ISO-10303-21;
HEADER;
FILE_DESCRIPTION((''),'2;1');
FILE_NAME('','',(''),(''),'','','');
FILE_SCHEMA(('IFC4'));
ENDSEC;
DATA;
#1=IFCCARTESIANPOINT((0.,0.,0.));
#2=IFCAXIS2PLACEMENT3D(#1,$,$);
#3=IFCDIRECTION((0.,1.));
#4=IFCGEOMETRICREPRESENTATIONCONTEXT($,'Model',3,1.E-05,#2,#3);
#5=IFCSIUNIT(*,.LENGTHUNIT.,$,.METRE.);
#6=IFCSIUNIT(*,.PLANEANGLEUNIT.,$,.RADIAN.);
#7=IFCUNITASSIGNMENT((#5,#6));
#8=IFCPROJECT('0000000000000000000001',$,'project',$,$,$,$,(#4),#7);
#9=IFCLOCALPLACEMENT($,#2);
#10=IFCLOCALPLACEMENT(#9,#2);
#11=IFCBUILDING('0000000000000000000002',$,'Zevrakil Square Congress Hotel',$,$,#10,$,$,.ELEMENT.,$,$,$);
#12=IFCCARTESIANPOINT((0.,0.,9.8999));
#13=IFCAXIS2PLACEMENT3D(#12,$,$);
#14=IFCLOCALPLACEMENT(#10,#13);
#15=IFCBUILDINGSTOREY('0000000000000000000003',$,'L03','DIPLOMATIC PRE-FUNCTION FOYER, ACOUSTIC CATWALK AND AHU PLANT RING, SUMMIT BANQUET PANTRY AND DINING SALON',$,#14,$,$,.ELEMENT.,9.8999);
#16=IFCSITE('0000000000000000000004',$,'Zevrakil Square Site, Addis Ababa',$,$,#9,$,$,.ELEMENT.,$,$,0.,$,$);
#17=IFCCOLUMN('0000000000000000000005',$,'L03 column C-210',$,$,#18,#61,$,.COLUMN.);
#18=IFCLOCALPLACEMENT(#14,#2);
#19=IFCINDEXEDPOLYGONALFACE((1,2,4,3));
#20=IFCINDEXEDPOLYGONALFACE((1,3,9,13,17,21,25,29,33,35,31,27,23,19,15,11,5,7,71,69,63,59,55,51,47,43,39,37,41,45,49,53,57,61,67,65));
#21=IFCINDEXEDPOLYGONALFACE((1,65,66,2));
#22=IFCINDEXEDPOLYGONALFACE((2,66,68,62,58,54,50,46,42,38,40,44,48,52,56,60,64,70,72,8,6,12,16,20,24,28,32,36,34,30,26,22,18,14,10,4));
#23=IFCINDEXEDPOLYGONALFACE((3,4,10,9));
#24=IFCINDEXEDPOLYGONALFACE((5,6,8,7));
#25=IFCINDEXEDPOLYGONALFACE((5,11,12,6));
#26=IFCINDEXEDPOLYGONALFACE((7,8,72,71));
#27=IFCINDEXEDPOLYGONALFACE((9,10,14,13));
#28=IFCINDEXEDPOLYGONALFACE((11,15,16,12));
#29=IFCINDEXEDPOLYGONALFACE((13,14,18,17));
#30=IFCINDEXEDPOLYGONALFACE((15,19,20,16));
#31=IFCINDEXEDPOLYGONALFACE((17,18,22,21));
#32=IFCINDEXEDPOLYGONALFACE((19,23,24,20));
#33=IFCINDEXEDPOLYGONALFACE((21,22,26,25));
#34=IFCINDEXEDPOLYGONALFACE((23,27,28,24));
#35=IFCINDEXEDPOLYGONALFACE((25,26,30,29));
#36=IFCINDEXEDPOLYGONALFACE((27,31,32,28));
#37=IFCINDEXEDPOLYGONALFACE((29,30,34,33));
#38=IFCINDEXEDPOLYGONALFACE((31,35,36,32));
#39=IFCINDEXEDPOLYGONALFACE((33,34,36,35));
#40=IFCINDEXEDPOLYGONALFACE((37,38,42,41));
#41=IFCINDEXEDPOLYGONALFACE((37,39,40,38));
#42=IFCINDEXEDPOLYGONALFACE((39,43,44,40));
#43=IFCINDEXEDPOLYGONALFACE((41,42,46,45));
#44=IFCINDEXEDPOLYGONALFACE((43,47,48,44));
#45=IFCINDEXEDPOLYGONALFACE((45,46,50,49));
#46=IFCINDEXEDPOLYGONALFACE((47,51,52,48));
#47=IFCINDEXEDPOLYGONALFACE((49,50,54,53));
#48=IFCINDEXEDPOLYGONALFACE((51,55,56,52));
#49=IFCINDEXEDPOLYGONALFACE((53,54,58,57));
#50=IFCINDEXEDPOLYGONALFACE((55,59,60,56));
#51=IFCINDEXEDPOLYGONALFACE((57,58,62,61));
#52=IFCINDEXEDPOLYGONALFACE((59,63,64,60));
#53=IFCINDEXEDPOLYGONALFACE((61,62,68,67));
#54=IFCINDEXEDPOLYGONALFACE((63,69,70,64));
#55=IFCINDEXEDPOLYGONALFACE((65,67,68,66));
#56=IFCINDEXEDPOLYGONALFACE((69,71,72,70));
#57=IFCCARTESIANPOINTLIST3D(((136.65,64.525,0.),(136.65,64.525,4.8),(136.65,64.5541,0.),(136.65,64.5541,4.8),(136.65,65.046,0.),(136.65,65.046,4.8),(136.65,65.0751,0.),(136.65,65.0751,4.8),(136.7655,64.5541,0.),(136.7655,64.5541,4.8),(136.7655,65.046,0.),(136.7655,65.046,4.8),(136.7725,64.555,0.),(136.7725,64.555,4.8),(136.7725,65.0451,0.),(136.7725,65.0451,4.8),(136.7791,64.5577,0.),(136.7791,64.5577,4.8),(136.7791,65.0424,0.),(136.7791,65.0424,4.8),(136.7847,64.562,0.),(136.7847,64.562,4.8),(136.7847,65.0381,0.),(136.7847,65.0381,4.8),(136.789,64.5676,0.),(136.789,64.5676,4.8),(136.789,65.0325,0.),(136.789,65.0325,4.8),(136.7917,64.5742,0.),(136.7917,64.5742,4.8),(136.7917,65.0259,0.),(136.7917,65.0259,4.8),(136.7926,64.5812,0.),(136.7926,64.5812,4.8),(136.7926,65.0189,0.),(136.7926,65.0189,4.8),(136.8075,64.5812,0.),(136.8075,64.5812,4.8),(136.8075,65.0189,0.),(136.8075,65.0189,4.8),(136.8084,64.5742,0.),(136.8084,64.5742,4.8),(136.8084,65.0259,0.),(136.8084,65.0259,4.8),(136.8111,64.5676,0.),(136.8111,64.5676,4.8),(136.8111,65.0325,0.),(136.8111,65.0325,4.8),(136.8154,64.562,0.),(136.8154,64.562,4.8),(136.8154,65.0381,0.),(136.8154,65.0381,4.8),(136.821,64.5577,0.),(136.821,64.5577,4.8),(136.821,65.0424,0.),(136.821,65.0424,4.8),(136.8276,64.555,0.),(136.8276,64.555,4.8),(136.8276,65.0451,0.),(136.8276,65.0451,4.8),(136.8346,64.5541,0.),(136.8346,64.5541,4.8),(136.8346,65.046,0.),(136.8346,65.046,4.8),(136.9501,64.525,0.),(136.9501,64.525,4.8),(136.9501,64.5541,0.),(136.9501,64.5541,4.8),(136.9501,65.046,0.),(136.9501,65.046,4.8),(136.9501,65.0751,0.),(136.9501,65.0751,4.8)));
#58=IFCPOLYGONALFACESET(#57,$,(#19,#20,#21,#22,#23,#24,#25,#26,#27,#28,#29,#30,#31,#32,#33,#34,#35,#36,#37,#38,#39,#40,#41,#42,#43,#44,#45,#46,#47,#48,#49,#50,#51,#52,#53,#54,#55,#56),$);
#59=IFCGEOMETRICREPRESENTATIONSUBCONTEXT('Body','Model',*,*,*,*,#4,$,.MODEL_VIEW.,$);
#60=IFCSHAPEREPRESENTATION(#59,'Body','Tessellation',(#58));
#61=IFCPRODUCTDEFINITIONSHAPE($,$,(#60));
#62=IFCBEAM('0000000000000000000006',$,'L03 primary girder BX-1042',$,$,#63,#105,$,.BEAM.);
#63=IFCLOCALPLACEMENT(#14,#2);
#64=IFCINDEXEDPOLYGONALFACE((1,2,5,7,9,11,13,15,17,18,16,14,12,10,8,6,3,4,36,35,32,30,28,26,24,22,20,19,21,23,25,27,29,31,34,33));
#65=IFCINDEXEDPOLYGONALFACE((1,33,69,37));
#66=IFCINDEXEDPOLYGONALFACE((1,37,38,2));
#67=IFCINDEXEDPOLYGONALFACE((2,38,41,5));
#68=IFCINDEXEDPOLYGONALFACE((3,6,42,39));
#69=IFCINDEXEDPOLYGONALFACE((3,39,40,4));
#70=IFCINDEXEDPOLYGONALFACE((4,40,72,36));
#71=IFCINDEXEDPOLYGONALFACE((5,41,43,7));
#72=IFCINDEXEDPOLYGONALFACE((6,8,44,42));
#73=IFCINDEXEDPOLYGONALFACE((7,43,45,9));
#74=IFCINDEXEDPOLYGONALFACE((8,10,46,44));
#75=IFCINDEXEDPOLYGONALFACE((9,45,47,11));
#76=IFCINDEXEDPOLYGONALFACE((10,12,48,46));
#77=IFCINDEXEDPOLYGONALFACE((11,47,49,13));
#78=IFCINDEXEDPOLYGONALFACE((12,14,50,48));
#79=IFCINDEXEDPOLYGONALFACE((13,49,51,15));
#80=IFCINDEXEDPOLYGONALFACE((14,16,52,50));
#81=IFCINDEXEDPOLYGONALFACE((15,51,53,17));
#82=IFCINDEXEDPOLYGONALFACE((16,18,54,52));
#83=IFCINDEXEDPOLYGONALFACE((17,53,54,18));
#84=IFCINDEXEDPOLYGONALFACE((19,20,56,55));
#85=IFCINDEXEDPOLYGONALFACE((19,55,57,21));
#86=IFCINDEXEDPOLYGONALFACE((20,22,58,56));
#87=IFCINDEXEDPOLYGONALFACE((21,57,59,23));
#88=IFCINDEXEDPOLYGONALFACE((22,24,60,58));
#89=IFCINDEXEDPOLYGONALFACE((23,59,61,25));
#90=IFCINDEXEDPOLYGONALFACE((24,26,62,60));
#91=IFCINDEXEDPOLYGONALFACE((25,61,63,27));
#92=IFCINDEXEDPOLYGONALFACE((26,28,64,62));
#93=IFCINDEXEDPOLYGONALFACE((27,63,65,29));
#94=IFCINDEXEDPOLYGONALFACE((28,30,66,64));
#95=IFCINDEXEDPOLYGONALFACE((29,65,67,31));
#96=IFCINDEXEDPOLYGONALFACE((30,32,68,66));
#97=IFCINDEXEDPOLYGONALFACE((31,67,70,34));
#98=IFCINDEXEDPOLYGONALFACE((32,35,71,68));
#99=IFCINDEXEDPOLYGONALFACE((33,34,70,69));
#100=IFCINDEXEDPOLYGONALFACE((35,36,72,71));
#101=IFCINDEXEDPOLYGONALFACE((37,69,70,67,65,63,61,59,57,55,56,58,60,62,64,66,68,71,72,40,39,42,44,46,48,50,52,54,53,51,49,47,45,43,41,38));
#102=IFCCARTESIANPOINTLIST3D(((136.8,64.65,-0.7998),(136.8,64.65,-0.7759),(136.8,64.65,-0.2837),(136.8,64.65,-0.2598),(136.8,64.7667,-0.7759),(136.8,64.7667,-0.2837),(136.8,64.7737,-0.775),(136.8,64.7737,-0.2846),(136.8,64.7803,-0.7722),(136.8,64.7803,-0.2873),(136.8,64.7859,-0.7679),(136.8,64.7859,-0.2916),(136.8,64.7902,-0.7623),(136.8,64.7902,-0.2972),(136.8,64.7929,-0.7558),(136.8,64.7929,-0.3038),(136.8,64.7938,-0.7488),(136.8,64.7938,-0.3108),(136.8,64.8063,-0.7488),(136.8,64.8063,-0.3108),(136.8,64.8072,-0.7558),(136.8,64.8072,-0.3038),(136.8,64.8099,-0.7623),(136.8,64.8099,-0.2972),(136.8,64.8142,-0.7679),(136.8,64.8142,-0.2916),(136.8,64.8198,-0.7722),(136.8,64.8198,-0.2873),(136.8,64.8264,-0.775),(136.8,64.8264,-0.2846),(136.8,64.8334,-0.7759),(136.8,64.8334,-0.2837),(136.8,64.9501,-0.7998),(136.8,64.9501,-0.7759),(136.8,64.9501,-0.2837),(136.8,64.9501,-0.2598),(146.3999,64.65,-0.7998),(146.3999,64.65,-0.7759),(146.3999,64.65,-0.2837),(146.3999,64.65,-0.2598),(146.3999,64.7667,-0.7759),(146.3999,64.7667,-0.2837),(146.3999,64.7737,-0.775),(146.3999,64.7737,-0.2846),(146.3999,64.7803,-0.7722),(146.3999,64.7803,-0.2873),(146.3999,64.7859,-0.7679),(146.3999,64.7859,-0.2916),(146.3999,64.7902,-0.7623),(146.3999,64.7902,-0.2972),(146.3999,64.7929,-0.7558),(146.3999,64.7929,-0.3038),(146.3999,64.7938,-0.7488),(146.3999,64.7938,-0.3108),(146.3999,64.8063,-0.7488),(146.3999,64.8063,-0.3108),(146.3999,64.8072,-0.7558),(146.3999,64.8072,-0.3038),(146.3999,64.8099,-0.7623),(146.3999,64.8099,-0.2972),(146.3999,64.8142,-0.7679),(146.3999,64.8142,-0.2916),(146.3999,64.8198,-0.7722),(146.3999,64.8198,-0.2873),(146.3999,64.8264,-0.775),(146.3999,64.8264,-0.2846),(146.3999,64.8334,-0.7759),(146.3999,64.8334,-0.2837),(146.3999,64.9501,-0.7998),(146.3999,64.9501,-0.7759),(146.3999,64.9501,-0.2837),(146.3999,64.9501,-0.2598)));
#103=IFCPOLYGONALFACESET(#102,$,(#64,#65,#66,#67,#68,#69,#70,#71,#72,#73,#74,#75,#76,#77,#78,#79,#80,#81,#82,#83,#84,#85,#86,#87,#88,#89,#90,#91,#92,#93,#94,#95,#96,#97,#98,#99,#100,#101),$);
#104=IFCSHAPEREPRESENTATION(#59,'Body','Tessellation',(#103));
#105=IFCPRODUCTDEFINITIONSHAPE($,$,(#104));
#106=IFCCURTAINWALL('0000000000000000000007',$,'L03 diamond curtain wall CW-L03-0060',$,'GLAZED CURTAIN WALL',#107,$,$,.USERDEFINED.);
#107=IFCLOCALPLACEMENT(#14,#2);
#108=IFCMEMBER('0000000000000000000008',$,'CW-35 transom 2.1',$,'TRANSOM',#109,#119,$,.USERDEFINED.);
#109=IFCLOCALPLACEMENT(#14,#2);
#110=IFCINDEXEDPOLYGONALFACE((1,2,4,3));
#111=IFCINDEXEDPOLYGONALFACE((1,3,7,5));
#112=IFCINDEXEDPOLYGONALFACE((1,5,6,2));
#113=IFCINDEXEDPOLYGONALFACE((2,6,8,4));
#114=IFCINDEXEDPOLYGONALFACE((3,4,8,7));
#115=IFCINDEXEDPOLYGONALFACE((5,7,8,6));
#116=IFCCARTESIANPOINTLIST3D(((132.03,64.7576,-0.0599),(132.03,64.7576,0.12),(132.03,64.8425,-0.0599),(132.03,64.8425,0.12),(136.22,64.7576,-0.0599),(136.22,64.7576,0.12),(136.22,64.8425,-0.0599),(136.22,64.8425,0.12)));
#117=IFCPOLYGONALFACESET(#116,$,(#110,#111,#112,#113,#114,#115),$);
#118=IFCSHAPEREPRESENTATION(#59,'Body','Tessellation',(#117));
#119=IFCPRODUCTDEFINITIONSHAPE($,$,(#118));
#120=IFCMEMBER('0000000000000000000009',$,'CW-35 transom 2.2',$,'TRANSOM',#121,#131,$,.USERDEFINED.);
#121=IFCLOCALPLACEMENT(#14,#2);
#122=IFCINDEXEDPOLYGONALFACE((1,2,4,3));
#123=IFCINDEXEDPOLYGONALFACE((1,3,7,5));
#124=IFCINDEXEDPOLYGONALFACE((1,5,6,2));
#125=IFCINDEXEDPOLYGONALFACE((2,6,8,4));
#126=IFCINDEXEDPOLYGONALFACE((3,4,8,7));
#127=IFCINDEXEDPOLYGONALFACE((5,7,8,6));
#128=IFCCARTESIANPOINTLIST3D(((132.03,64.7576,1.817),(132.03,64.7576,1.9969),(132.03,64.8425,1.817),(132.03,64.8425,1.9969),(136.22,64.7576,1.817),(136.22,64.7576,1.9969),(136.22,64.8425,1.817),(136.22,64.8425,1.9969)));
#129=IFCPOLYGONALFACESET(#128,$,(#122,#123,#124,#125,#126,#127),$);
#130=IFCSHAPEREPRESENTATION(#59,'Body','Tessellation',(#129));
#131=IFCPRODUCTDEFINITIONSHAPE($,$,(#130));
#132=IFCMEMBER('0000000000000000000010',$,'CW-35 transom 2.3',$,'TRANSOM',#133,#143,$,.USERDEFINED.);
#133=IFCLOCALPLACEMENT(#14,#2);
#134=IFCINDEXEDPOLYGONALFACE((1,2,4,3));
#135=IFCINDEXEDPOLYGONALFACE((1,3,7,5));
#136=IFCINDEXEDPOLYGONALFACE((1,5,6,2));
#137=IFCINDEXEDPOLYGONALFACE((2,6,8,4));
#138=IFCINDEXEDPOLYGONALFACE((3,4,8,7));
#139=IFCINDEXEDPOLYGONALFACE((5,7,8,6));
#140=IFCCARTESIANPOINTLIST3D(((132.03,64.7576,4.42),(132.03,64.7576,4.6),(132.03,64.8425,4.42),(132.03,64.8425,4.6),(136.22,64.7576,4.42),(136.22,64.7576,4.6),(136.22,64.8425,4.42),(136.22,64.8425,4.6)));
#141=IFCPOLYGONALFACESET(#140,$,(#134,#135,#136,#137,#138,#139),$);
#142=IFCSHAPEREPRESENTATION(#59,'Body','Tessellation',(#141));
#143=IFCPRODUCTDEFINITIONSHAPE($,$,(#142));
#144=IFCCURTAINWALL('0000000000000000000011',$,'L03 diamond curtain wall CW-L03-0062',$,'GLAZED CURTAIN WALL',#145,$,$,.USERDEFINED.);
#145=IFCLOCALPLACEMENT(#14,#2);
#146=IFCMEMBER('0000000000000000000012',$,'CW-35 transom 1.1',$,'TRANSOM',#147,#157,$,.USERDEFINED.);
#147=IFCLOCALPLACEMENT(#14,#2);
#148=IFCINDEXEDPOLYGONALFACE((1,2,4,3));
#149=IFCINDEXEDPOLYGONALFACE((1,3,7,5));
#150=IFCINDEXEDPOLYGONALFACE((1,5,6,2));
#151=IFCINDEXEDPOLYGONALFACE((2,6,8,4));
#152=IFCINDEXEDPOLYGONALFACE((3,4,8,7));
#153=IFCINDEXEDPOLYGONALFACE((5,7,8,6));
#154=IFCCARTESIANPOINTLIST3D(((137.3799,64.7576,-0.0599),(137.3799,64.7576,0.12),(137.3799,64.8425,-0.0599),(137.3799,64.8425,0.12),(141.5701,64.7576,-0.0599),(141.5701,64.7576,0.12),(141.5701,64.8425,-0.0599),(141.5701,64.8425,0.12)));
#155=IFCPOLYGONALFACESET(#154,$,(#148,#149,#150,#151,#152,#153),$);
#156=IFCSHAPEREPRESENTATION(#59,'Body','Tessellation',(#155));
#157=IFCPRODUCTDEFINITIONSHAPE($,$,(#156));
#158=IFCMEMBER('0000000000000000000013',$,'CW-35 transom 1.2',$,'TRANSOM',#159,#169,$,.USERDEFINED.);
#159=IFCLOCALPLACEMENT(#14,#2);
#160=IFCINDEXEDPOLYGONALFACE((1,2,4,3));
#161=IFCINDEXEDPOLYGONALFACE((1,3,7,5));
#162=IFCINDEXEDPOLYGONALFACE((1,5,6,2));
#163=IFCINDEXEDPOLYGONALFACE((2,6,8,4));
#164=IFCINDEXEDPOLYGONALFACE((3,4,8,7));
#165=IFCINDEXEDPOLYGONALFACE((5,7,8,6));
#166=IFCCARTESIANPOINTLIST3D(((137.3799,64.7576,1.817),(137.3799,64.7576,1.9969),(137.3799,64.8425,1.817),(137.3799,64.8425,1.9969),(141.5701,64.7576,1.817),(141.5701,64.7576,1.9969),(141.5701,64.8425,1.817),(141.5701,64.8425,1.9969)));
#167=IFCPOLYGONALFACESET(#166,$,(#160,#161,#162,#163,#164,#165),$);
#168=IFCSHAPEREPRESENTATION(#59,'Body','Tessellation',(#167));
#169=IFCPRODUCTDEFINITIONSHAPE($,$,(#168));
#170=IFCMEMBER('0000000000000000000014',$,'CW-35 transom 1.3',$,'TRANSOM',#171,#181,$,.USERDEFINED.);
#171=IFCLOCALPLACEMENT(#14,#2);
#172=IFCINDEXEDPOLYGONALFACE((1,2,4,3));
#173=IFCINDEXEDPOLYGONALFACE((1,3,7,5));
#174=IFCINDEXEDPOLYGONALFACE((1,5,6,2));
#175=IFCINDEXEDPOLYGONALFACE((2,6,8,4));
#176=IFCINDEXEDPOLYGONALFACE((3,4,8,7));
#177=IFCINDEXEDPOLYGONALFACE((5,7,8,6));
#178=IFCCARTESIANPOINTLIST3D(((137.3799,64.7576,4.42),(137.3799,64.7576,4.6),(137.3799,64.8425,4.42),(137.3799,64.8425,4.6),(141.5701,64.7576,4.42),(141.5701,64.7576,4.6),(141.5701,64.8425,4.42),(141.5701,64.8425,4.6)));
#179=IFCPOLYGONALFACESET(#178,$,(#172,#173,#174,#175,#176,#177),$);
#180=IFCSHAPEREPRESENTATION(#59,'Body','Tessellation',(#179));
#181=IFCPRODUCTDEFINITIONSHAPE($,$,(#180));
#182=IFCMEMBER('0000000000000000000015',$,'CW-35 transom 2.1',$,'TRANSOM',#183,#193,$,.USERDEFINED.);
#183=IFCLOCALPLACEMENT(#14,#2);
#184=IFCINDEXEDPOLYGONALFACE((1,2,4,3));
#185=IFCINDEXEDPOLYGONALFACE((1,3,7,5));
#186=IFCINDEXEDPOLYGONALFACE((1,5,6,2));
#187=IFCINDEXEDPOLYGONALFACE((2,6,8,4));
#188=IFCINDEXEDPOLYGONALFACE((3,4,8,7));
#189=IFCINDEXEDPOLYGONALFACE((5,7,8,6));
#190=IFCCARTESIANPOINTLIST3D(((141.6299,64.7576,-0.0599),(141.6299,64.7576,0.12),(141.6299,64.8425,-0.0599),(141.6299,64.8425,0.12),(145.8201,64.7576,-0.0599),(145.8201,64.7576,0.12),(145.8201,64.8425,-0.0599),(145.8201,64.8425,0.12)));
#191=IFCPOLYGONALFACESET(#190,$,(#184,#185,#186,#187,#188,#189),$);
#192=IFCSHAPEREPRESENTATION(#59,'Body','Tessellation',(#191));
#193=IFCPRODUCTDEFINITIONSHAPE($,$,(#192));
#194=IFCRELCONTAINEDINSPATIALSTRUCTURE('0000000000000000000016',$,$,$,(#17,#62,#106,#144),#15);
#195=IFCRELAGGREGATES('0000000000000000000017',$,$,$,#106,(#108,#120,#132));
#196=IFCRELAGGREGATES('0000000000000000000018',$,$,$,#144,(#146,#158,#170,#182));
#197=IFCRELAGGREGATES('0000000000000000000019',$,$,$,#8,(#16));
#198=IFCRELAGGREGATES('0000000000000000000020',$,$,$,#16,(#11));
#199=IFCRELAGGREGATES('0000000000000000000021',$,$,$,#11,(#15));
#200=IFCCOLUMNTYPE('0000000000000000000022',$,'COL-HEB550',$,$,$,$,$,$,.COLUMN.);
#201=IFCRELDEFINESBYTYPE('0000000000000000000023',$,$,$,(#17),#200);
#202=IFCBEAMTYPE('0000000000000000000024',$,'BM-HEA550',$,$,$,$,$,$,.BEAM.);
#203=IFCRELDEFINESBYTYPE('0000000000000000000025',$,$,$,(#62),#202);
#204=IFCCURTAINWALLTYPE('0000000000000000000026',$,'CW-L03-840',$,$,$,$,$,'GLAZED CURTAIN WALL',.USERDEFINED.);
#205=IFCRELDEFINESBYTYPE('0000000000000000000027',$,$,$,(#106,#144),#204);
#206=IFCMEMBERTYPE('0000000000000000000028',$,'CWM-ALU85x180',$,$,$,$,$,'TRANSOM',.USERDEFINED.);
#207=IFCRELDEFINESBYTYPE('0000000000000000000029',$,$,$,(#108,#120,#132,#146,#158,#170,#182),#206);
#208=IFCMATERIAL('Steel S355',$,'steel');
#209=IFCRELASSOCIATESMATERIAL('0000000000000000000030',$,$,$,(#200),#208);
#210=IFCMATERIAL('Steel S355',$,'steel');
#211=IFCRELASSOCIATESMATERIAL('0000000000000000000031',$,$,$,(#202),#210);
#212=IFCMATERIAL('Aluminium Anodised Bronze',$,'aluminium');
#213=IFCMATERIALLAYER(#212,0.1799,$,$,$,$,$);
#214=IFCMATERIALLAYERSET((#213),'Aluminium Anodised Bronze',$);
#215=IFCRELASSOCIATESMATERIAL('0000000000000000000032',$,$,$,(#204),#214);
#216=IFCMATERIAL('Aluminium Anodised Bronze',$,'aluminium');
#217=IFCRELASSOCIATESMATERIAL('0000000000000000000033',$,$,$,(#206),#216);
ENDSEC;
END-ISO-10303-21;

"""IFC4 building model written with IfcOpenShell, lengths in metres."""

from ifc_helpers import new_model, si_unit, direction, frame, origin, origin_2d, place, context, subcontext, project, spatial, rectangle, i_section, extrude, material, layer, layer_set, material_profile, profile_set, type_object, element, aggregate, save


model = new_model("IFC4")

# Units and contexts
model_context = context("Model", 3, precision=1e-05, world=origin(), true_north=direction((0.0, 1.0)))
body_context = subcontext(model_context, "Body", "Model", "MODEL_VIEW")
ifc_project = project(units=[si_unit("LENGTHUNIT", "METRE"), si_unit("PLANEANGLEUNIT", "RADIAN")], contexts=[model_context])

# Site, building, storey
site_placement = place(None, origin())
site = spatial("IfcSite", under=ifc_project, at=site_placement, Name="Zevrakil Square Site, Addis Ababa", CompositionType="ELEMENT", RefElevation=0.0)
building_placement = place(site_placement, origin())
building = spatial("IfcBuilding", under=site, at=building_placement, Name="Zevrakil Square Congress Hotel", CompositionType="ELEMENT")
storey_placement = place(building_placement, frame((0.0, 0.0, 9.8999)))
storey = spatial("IfcBuildingStorey", under=building, at=storey_placement, Name="L03", Description="DIPLOMATIC PRE-FUNCTION FOYER, ACOUSTIC CATWALK AND AHU PLANT RING, SUMMIT BANQUET PANTRY AND DINING SALON", CompositionType="ELEMENT", Elevation=9.8999)

# Column
ifc_material_1 = material(Name="Steel S355", Category="steel")
ifc_material_profile_1 = material_profile(ifc_material_1, i_section(OverallWidth=0.3, OverallDepth=0.55, WebThickness=0.0149, FlangeThickness=0.0291, FilletRadius=0.0271, at=origin_2d()), Name="HEB 550")
ifc_profile_set_1 = profile_set([ifc_material_profile_1], Name="Steel S355")
column_type = type_object("IfcColumnType", Name="COL-HEB550", PredefinedType="COLUMN", material=ifc_profile_set_1)
column_placement = place(storey_placement, frame((136.8, 64.8, 0.0), z_axis=(0.0, 0.0, 1.0), x_axis=(1.0, 0.0, 0.0)))
element("IfcColumn", 1, at=column_placement, inside=storey, type_object=column_type, Name="L03 column C-210", PredefinedType="COLUMN", context=body_context, shape_type="SweptSolid", body=[
    extrude(i_section(OverallWidth=0.3, OverallDepth=0.55, WebThickness=0.0149, FlangeThickness=0.0291, FilletRadius=0.0271, at=origin_2d()), origin(), (0.0, 0.0, 1.0), 4.8),
])

# Beam
ifc_material_2 = material(Name="Steel S355", Category="steel")
ifc_material_profile_2 = material_profile(ifc_material_2, i_section(OverallWidth=0.3, OverallDepth=0.54, WebThickness=0.0125, FlangeThickness=0.0239, FilletRadius=0.0271, at=origin_2d()), Name="HEA 550")
ifc_profile_set_2 = profile_set([ifc_material_profile_2], Name="Steel S355")
beam_type = type_object("IfcBeamType", Name="BM-HEA550", PredefinedType="BEAM", material=ifc_profile_set_2)
beam_placement = place(storey_placement, frame((136.8, 64.8, -0.5298), z_axis=(1.0, 0.0, 0.0), x_axis=(0.0, 1.0, 0.0)))
element("IfcBeam", 2, at=beam_placement, inside=storey, type_object=beam_type, Name="L03 primary girder BX-1042", PredefinedType="BEAM", context=body_context, shape_type="SweptSolid", body=[
    extrude(i_section(OverallWidth=0.3, OverallDepth=0.54, WebThickness=0.0125, FlangeThickness=0.0239, FilletRadius=0.0271, at=origin_2d()), origin(), (0.0, 0.0, 1.0), 9.5999),
])

# Curtain walls, members
ifc_material_3 = material(Name="Aluminium Anodised Bronze", Category="aluminium")
ifc_layer_1 = layer(ifc_material_3, 0.1799)
ifc_layer_set_1 = layer_set([ifc_layer_1], Name="Aluminium Anodised Bronze")
curtain_wall_type_1 = type_object("IfcCurtainWallType", Name="CW-L03-840", ElementType="GLAZED CURTAIN WALL", PredefinedType="USERDEFINED", material=ifc_layer_set_1)
curtain_wall_1_placement = place(storey_placement, origin())
curtain_wall_1 = element("IfcCurtainWall", 3, at=curtain_wall_1_placement, inside=storey, type_object=curtain_wall_type_1, Name="L03 diamond curtain wall CW-L03-0060", ObjectType="GLAZED CURTAIN WALL", PredefinedType="USERDEFINED")
ifc_material_4 = material(Name="Aluminium Anodised Bronze", Category="aluminium")
ifc_material_profile_3 = material_profile(ifc_material_4, rectangle(XDim=0.085, YDim=0.1799, at=origin_2d()), Name="ALU 85x180")
ifc_profile_set_3 = profile_set([ifc_material_profile_3], Name="Aluminium Anodised Bronze")
member_type_1 = type_object("IfcMemberType", Name="CWM-ALU85x180", ElementType="TRANSOM", PredefinedType="USERDEFINED", material=ifc_profile_set_3)
member_1_placement = place(storey_placement, frame((132.03, 64.8, 0.03), z_axis=(1.0, 0.0, 0.0), x_axis=(0.0, 1.0, 0.0)))
member_1 = element("IfcMember", 4, at=member_1_placement, type_object=member_type_1, Name="CW-35 transom 2.1", ObjectType="TRANSOM", PredefinedType="USERDEFINED", context=body_context, shape_type="SweptSolid", body=[
    extrude(rectangle(XDim=0.085, YDim=0.1799, at=origin_2d()), origin(), (0.0, 0.0, 1.0), 4.1899),
])
member_2_placement = place(storey_placement, frame((132.03, 64.8, 1.907), z_axis=(1.0, 0.0, 0.0), x_axis=(0.0, 1.0, 0.0)))
member_2 = element("IfcMember", 5, at=member_2_placement, type_object=member_type_1, Name="CW-35 transom 2.2", ObjectType="TRANSOM", PredefinedType="USERDEFINED", context=body_context, shape_type="SweptSolid", body=[
    extrude(rectangle(XDim=0.085, YDim=0.1799, at=origin_2d()), origin(), (0.0, 0.0, 1.0), 4.1899),
])
member_3_placement = place(storey_placement, frame((132.03, 64.8, 4.51), z_axis=(1.0, 0.0, 0.0), x_axis=(0.0, 1.0, 0.0)))
member_3 = element("IfcMember", 6, at=member_3_placement, type_object=member_type_1, Name="CW-35 transom 2.3", ObjectType="TRANSOM", PredefinedType="USERDEFINED", context=body_context, shape_type="SweptSolid", body=[
    extrude(rectangle(XDim=0.085, YDim=0.1799, at=origin_2d()), origin(), (0.0, 0.0, 1.0), 4.1899),
])
curtain_wall_2_placement = place(storey_placement, origin())
curtain_wall_2 = element("IfcCurtainWall", 7, at=curtain_wall_2_placement, inside=storey, type_object=curtain_wall_type_1, Name="L03 diamond curtain wall CW-L03-0062", ObjectType="GLAZED CURTAIN WALL", PredefinedType="USERDEFINED")
member_4_placement = place(storey_placement, frame((137.3799, 64.8, 0.03), z_axis=(1.0, 0.0, 0.0), x_axis=(0.0, 1.0, 0.0)))
member_4 = element("IfcMember", 8, at=member_4_placement, type_object=member_type_1, Name="CW-35 transom 1.1", ObjectType="TRANSOM", PredefinedType="USERDEFINED", context=body_context, shape_type="SweptSolid", body=[
    extrude(rectangle(XDim=0.085, YDim=0.1799, at=origin_2d()), origin(), (0.0, 0.0, 1.0), 4.1902),
])
member_5_placement = place(storey_placement, frame((137.3799, 64.8, 1.907), z_axis=(1.0, 0.0, 0.0), x_axis=(0.0, 1.0, 0.0)))
member_5 = element("IfcMember", 9, at=member_5_placement, type_object=member_type_1, Name="CW-35 transom 1.2", ObjectType="TRANSOM", PredefinedType="USERDEFINED", context=body_context, shape_type="SweptSolid", body=[
    extrude(rectangle(XDim=0.085, YDim=0.1799, at=origin_2d()), origin(), (0.0, 0.0, 1.0), 4.1902),
])
member_6_placement = place(storey_placement, frame((137.3799, 64.8, 4.51), z_axis=(1.0, 0.0, 0.0), x_axis=(0.0, 1.0, 0.0)))
member_6 = element("IfcMember", 10, at=member_6_placement, type_object=member_type_1, Name="CW-35 transom 1.3", ObjectType="TRANSOM", PredefinedType="USERDEFINED", context=body_context, shape_type="SweptSolid", body=[
    extrude(rectangle(XDim=0.085, YDim=0.1799, at=origin_2d()), origin(), (0.0, 0.0, 1.0), 4.1902),
])
member_7_placement = place(storey_placement, frame((141.6299, 64.8, 0.03), z_axis=(1.0, 0.0, 0.0), x_axis=(0.0, 1.0, 0.0)))
member_7 = element("IfcMember", 11, at=member_7_placement, type_object=member_type_1, Name="CW-35 transom 2.1", ObjectType="TRANSOM", PredefinedType="USERDEFINED", context=body_context, shape_type="SweptSolid", body=[
    extrude(rectangle(XDim=0.085, YDim=0.1799, at=origin_2d()), origin(), (0.0, 0.0, 1.0), 4.1902),
])

aggregate(curtain_wall_1, [member_1, member_2, member_3])
aggregate(curtain_wall_2, [member_4, member_5, member_6, member_7])

save(model, "model.ifc")
